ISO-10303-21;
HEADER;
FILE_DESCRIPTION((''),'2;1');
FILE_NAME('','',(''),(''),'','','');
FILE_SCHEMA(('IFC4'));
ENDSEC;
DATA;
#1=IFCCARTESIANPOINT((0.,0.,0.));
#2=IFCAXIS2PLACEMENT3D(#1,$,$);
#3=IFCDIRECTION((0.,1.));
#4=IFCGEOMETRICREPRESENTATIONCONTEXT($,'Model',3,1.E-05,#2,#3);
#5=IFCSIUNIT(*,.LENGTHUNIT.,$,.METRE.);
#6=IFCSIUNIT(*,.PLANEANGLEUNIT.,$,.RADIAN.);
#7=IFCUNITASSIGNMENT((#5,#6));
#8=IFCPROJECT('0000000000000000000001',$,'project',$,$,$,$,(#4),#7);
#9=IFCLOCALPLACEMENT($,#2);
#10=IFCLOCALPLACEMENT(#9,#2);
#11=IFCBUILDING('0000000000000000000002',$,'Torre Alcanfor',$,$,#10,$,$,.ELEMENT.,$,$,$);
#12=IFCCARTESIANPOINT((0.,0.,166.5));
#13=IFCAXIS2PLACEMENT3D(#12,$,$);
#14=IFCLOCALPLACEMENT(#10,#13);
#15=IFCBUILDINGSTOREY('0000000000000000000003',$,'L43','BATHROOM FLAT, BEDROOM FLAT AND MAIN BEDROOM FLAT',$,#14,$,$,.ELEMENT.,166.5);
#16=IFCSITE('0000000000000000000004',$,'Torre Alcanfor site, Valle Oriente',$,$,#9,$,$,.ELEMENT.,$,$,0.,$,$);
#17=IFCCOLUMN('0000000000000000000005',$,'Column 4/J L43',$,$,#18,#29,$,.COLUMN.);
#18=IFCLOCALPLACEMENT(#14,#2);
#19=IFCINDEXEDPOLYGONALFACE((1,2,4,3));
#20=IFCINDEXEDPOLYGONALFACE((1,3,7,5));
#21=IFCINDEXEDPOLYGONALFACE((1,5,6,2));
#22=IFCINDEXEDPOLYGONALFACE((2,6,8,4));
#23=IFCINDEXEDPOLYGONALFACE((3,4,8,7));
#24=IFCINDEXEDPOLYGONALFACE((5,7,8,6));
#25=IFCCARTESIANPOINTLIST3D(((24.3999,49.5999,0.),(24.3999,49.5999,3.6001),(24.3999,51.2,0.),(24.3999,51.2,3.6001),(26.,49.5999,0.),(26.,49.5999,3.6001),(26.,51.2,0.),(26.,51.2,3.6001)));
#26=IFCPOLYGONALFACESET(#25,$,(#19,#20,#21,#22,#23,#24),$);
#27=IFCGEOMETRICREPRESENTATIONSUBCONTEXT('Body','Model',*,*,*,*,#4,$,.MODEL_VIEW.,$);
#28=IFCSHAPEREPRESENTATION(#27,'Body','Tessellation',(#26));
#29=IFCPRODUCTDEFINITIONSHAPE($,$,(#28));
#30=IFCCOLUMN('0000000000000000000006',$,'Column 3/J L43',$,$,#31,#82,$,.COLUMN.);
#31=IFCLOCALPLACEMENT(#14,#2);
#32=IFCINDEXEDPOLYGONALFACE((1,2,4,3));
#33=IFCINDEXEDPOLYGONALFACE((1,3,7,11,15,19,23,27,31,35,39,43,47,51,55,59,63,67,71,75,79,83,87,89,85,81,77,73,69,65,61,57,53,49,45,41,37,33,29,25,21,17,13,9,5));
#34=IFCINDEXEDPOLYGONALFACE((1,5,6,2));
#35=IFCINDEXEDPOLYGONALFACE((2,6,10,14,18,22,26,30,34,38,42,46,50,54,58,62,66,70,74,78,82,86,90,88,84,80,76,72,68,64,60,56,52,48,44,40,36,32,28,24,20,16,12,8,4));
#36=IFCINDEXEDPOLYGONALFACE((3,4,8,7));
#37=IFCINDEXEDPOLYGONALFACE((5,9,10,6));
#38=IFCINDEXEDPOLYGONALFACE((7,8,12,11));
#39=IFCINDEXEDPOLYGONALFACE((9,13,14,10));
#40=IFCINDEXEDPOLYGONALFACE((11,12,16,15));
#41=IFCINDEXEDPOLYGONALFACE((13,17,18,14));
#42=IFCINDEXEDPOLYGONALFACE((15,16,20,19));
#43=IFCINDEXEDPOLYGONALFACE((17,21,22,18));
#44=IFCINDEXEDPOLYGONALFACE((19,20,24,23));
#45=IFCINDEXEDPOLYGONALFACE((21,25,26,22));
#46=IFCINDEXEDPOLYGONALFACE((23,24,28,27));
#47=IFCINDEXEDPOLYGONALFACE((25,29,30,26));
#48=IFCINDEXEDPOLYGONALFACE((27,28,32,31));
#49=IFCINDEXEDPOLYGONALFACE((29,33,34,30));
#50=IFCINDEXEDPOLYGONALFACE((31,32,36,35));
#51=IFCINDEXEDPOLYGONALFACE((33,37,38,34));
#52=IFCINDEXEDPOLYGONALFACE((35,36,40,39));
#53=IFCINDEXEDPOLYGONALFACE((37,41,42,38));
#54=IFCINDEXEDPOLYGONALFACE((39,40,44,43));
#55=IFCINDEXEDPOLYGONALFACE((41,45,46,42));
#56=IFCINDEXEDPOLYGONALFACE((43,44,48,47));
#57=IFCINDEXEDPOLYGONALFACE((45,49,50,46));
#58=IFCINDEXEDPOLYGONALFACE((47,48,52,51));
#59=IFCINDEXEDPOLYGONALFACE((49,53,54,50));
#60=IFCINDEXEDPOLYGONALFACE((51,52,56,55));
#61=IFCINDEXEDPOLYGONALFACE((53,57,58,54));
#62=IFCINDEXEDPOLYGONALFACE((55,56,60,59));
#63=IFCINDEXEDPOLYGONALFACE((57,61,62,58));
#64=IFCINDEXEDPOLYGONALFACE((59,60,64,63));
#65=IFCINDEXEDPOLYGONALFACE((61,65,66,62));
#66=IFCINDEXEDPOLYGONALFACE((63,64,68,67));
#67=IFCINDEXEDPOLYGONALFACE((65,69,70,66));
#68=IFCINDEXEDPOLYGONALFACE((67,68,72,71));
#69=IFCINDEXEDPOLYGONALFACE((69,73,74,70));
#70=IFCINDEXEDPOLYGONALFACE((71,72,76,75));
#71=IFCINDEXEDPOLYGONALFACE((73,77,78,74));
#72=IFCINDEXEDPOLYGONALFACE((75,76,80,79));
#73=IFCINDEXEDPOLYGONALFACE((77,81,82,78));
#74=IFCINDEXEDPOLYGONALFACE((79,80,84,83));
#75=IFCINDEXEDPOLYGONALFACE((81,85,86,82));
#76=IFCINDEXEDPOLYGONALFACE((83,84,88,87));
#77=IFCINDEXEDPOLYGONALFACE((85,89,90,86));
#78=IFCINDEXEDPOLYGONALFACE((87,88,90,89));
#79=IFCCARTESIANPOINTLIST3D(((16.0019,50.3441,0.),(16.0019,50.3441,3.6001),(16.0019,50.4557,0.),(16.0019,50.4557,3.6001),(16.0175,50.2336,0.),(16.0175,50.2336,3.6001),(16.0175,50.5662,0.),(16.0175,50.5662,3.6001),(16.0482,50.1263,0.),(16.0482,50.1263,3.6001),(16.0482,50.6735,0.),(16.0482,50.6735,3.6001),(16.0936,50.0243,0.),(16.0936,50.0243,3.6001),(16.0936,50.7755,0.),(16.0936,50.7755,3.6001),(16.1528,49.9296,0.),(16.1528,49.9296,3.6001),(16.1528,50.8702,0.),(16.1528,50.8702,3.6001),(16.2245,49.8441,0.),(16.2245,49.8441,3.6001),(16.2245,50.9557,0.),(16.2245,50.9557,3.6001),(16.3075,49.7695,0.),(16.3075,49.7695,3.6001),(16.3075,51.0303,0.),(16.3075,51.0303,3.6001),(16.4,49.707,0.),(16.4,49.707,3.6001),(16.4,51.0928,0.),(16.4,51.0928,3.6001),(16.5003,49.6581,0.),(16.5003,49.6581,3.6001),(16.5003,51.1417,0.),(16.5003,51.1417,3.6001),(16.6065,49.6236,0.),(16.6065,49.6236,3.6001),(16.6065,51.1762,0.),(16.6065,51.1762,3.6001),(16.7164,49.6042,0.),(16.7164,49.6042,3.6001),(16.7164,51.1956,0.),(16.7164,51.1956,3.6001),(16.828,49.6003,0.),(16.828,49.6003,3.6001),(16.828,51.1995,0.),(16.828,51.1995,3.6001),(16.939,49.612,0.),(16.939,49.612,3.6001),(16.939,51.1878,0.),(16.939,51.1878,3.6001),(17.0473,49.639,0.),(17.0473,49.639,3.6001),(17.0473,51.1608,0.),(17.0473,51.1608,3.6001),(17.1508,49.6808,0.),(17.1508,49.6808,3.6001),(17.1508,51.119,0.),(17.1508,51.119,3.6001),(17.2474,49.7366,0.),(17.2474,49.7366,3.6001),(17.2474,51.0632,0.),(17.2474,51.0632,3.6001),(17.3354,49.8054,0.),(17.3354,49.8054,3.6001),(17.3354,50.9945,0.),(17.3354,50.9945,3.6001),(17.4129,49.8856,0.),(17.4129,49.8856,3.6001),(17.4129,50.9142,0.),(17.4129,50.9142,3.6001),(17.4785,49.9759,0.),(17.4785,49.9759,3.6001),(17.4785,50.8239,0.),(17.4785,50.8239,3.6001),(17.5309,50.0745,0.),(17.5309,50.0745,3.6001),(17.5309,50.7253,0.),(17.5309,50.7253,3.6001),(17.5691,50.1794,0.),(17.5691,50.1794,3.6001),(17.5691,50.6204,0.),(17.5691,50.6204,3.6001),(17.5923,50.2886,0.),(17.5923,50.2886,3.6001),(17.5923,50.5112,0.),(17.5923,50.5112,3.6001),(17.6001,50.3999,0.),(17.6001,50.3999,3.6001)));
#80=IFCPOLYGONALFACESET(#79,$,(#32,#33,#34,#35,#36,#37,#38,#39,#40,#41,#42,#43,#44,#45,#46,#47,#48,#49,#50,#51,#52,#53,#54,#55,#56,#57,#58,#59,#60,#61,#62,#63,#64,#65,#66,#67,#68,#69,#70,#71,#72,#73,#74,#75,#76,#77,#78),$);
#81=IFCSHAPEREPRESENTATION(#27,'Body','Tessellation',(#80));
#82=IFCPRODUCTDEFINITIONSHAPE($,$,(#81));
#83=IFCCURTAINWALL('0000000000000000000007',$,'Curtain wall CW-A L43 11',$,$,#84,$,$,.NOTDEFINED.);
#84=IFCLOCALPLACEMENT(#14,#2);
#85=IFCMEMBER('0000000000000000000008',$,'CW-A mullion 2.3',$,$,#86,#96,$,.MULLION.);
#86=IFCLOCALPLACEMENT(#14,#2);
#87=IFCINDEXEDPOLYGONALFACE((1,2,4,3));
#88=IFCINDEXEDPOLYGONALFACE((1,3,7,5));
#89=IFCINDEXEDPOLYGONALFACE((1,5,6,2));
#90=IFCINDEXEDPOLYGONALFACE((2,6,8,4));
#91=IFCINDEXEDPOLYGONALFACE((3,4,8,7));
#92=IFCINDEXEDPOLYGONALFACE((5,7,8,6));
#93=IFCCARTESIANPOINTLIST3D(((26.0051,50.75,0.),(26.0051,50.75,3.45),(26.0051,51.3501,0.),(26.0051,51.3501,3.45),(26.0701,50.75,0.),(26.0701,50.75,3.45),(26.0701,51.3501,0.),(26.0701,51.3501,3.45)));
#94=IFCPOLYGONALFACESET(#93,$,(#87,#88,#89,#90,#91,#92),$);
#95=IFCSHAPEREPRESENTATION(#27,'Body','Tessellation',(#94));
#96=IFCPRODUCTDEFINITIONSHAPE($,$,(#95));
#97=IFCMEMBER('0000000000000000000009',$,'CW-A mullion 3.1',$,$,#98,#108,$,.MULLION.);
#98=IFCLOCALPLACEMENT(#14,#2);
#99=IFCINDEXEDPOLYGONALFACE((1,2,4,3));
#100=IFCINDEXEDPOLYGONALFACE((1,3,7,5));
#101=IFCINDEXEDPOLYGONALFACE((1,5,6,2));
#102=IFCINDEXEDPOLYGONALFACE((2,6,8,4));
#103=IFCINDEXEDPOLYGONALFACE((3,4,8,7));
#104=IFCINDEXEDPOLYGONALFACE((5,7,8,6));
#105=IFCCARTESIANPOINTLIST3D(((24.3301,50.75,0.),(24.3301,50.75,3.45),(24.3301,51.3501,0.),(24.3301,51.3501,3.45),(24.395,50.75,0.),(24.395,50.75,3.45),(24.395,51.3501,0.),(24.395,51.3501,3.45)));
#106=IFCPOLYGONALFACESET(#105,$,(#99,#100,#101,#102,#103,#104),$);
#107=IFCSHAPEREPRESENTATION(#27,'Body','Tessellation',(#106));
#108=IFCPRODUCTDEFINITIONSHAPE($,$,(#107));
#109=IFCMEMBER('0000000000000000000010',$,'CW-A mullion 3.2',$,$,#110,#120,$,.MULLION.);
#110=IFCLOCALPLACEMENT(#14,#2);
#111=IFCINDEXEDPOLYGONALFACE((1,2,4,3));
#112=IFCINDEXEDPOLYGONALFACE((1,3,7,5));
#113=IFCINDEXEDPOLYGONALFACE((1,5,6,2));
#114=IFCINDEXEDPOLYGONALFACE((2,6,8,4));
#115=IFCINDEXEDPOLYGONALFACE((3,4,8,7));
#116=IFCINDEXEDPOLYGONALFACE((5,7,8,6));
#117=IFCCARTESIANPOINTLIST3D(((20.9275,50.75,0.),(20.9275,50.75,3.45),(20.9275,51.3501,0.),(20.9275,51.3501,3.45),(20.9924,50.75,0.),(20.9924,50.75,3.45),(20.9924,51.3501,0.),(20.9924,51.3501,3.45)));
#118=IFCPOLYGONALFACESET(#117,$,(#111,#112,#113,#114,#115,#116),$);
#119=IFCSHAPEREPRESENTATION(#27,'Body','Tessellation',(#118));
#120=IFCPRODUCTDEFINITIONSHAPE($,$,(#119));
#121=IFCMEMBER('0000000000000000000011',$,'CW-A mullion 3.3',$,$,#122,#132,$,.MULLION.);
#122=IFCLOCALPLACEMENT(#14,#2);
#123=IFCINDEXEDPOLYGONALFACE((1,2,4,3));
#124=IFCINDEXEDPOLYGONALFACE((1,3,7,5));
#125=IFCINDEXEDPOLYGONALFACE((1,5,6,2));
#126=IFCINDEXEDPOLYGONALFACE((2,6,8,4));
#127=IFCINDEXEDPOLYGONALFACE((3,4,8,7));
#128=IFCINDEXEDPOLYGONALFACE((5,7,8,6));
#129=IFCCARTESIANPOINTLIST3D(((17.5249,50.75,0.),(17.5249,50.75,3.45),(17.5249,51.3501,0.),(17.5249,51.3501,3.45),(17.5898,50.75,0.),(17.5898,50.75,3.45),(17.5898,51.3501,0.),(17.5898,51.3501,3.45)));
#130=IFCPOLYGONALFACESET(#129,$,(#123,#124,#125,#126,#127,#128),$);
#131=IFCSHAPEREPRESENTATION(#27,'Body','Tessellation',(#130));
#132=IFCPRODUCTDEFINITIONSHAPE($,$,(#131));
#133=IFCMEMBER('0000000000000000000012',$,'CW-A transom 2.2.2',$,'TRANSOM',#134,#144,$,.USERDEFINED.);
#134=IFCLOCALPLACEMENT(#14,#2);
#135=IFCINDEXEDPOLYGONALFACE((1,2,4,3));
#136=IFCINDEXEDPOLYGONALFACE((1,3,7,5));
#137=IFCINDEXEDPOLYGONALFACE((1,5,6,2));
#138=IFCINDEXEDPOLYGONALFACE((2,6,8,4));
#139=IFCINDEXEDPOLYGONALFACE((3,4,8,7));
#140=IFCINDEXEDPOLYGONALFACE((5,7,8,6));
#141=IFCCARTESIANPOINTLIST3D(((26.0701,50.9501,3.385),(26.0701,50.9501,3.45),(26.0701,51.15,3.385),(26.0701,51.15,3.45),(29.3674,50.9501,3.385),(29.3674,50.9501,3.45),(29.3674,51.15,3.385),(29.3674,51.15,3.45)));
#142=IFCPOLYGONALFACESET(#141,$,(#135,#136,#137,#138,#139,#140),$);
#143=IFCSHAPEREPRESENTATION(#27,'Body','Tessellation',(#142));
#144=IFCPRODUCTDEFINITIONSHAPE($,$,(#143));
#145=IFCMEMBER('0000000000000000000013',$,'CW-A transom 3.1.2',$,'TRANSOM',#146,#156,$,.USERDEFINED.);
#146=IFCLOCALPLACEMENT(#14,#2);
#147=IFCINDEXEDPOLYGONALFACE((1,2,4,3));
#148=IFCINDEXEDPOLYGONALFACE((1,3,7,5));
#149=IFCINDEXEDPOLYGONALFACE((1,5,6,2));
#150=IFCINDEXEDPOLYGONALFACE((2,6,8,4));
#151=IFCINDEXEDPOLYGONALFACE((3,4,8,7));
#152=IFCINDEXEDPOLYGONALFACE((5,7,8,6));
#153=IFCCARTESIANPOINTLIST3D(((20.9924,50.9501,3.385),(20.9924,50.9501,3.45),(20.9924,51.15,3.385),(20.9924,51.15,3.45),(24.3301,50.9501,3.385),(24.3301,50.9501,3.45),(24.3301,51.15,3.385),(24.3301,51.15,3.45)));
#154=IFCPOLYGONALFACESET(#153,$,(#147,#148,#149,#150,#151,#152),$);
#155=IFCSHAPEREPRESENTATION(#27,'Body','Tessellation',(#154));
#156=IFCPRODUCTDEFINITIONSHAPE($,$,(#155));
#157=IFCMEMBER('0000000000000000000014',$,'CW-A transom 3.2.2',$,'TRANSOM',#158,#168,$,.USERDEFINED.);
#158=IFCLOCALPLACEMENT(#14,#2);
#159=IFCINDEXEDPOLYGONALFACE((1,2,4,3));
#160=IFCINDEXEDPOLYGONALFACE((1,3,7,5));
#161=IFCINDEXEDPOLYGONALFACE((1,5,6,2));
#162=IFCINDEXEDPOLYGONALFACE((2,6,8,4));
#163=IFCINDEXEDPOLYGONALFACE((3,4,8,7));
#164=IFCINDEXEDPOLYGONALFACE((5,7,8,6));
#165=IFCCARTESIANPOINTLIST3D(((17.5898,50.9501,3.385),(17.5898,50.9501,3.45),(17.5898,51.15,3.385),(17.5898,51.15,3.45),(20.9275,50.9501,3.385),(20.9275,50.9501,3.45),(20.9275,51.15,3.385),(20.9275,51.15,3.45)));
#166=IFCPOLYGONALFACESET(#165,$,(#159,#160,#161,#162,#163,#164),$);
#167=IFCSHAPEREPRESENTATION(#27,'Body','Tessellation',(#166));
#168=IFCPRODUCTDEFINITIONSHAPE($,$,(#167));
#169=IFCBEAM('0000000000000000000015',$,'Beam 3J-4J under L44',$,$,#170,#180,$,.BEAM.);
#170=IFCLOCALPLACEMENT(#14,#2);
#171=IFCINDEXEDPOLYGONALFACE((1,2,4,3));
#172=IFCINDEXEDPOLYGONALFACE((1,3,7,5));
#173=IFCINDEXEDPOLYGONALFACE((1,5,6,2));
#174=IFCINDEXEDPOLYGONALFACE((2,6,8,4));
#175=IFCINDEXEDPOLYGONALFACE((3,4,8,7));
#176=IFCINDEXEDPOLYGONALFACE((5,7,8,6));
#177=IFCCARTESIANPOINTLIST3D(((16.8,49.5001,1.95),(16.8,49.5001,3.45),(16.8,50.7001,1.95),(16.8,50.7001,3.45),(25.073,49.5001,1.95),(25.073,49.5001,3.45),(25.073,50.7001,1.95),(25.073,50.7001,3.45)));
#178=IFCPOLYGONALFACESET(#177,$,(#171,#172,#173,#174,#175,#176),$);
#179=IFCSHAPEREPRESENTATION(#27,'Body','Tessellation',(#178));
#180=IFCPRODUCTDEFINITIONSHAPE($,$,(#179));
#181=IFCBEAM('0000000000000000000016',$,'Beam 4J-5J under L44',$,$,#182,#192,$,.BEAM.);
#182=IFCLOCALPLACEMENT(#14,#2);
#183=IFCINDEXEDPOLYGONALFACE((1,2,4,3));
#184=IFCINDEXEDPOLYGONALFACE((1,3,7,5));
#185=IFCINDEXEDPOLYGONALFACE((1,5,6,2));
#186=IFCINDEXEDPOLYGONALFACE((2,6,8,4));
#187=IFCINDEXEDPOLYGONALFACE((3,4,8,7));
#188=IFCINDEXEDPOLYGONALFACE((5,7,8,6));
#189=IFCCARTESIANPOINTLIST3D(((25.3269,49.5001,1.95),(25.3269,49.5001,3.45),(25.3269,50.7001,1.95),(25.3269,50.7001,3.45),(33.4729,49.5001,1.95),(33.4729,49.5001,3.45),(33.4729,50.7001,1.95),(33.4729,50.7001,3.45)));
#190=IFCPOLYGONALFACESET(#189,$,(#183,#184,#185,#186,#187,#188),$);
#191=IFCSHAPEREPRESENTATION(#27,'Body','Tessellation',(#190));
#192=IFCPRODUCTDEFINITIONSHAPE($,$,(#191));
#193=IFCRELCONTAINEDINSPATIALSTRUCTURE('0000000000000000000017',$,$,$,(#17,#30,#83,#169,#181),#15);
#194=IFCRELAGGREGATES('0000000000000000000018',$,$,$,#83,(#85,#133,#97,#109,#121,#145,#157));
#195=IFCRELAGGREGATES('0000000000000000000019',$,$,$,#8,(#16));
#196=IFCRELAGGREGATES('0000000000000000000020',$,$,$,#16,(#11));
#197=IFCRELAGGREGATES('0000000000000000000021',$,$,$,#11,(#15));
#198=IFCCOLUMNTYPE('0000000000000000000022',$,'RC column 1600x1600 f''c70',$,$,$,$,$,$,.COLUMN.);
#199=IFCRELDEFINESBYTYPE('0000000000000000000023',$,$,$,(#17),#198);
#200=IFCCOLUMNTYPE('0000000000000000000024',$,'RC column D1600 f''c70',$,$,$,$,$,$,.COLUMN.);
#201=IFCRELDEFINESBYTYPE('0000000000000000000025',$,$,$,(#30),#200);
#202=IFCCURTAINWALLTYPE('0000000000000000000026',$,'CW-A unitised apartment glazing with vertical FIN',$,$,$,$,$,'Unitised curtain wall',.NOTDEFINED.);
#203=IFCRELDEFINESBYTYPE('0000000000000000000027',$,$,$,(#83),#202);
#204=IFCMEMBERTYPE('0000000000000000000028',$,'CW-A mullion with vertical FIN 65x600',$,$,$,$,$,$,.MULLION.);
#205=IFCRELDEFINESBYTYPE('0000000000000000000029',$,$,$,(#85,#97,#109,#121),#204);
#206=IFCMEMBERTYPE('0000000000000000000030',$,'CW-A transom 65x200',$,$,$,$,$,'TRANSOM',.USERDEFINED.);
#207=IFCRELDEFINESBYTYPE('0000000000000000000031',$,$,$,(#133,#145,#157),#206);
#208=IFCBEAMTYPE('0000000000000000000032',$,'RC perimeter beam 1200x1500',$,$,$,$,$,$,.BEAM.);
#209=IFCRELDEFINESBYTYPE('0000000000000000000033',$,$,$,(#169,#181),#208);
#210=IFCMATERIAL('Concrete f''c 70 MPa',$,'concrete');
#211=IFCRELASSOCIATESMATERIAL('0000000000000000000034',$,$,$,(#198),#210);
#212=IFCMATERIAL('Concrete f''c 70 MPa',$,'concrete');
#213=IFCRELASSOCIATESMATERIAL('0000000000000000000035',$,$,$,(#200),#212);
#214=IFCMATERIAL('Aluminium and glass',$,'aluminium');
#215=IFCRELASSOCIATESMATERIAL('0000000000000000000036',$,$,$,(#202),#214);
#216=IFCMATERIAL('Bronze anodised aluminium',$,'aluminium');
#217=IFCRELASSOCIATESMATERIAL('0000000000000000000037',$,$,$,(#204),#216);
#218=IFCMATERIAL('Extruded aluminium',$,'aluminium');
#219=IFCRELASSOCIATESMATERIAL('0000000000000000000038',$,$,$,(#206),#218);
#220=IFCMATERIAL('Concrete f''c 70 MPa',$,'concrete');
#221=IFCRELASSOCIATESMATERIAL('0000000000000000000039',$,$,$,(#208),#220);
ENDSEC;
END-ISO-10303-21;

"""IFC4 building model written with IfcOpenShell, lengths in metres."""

from ifc_helpers import new_model, si_unit, direction, frame, origin, origin_2d, place, context, subcontext, project, spatial, rectangle, circle, extrude, material, material_profile, profile_set, type_object, element, aggregate, save


model = new_model("IFC4")

# Units and contexts
model_context = context("Model", 3, precision=1e-05, world=origin(), true_north=direction((0.0, 1.0)))
body_context = subcontext(model_context, "Body", "Model", "MODEL_VIEW")
ifc_project = project(units=[si_unit("LENGTHUNIT", "METRE"), si_unit("PLANEANGLEUNIT", "RADIAN")], contexts=[model_context])

# Site, building, storey
site_placement = place(None, origin())
site = spatial("IfcSite", under=ifc_project, at=site_placement, Name="Torre Alcanfor site, Valle Oriente", CompositionType="ELEMENT", RefElevation=0.0)
building_placement = place(site_placement, origin())
building = spatial("IfcBuilding", under=site, at=building_placement, Name="Torre Alcanfor", CompositionType="ELEMENT")
storey_placement = place(building_placement, frame((0.0, 0.0, 166.5)))
storey = spatial("IfcBuildingStorey", under=building, at=storey_placement, Name="L43", Description="BATHROOM FLAT, BEDROOM FLAT AND MAIN BEDROOM FLAT", CompositionType="ELEMENT", Elevation=166.5)

# Columns
ifc_material_1 = material(Name="Concrete f'c 70 MPa", Category="concrete")
ifc_material_profile_1 = material_profile(ifc_material_1, rectangle(XDim=1.6001, YDim=1.6001, at=origin_2d()), Name="1600x1600")
ifc_profile_set_1 = profile_set([ifc_material_profile_1], Name="Concrete f'c 70 MPa")
column_type_1 = type_object("IfcColumnType", Name="RC column 1600x1600 f'c70", PredefinedType="COLUMN", material=ifc_profile_set_1)
column_1_placement = place(storey_placement, frame((25.2, 50.3999, 0.0), z_axis=(0.0, 0.0, 1.0), x_axis=(1.0, 0.0, 0.0)))
element("IfcColumn", 1, at=column_1_placement, inside=storey, type_object=column_type_1, Name="Column 4/J L43", PredefinedType="COLUMN", context=body_context, shape_type="SweptSolid", body=[
    extrude(rectangle(XDim=1.6001, YDim=1.6001, at=origin_2d()), origin(), (0.0, 0.0, 1.0), 3.6001),
])
ifc_material_2 = material(Name="Concrete f'c 70 MPa", Category="concrete")
ifc_material_profile_2 = material_profile(ifc_material_2, circle(Radius=0.8, at=origin_2d()), Name="D1600")
ifc_profile_set_2 = profile_set([ifc_material_profile_2], Name="Concrete f'c 70 MPa")
column_type_2 = type_object("IfcColumnType", Name="RC column D1600 f'c70", PredefinedType="COLUMN", material=ifc_profile_set_2)
column_2_placement = place(storey_placement, frame((16.8, 50.3999, 0.0), z_axis=(0.0, 0.0, 1.0), x_axis=(1.0, 0.0, 0.0)))
element("IfcColumn", 2, at=column_2_placement, inside=storey, type_object=column_type_2, Name="Column 3/J L43", PredefinedType="COLUMN", context=body_context, shape_type="SweptSolid", body=[
    extrude(circle(Radius=0.8, at=origin_2d()), origin(), (0.0, 0.0, 1.0), 3.6001),
])

# Curtain wall, members
ifc_material_3 = material(Name="Aluminium and glass", Category="aluminium")
curtain_wall_type = type_object("IfcCurtainWallType", Name="CW-A unitised apartment glazing with vertical FIN", ElementType="Unitised curtain wall", PredefinedType="NOTDEFINED", material=ifc_material_3)
curtain_wall_placement = place(storey_placement, origin())
curtain_wall = element("IfcCurtainWall", 3, at=curtain_wall_placement, inside=storey, type_object=curtain_wall_type, Name="Curtain wall CW-A L43 11", PredefinedType="NOTDEFINED")
ifc_material_4 = material(Name="Bronze anodised aluminium", Category="aluminium")
ifc_material_profile_3 = material_profile(ifc_material_4, rectangle(XDim=0.6001, YDim=0.0649, at=origin_2d()), Name="CW-A mullion 65x600")
ifc_profile_set_3 = profile_set([ifc_material_profile_3], Name="Bronze anodised aluminium")
member_type_1 = type_object("IfcMemberType", Name="CW-A mullion with vertical FIN 65x600", PredefinedType="MULLION", material=ifc_profile_set_3)
member_1_placement = place(storey_placement, frame((26.0376, 51.05, 0.0), z_axis=(0.0, 0.0, 1.0), x_axis=(0.0, -1.0, 0.0)))
member_1 = element("IfcMember", 4, at=member_1_placement, type_object=member_type_1, Name="CW-A mullion 2.3", PredefinedType="MULLION", context=body_context, shape_type="SweptSolid", body=[
    extrude(rectangle(XDim=0.6001, YDim=0.0649, at=origin_2d()), origin(), (0.0, 0.0, 1.0), 3.45),
])
member_2_placement = place(storey_placement, frame((24.3625, 51.05, 0.0), z_axis=(0.0, 0.0, 1.0), x_axis=(0.0, -1.0, 0.0)))
member_2 = element("IfcMember", 5, at=member_2_placement, type_object=member_type_1, Name="CW-A mullion 3.1", PredefinedType="MULLION", context=body_context, shape_type="SweptSolid", body=[
    extrude(rectangle(XDim=0.6001, YDim=0.0649, at=origin_2d()), origin(), (0.0, 0.0, 1.0), 3.45),
])
member_3_placement = place(storey_placement, frame((20.96, 51.05, 0.0), z_axis=(0.0, 0.0, 1.0), x_axis=(0.0, -1.0, 0.0)))
member_3 = element("IfcMember", 6, at=member_3_placement, type_object=member_type_1, Name="CW-A mullion 3.2", PredefinedType="MULLION", context=body_context, shape_type="SweptSolid", body=[
    extrude(rectangle(XDim=0.6001, YDim=0.0649, at=origin_2d()), origin(), (0.0, 0.0, 1.0), 3.45),
])
member_4_placement = place(storey_placement, frame((17.5574, 51.05, 0.0), z_axis=(0.0, 0.0, 1.0), x_axis=(0.0, -1.0, 0.0)))
member_4 = element("IfcMember", 7, at=member_4_placement, type_object=member_type_1, Name="CW-A mullion 3.3", PredefinedType="MULLION", context=body_context, shape_type="SweptSolid", body=[
    extrude(rectangle(XDim=0.6001, YDim=0.0649, at=origin_2d()), origin(), (0.0, 0.0, 1.0), 3.45),
])
ifc_material_5 = material(Name="Extruded aluminium", Category="aluminium")
ifc_material_profile_4 = material_profile(ifc_material_5, rectangle(XDim=0.2, YDim=0.0649, at=origin_2d()), Name="CW-A transom 200x65")
ifc_profile_set_4 = profile_set([ifc_material_profile_4], Name="Extruded aluminium")
member_type_2 = type_object("IfcMemberType", Name="CW-A transom 65x200", ElementType="TRANSOM", PredefinedType="USERDEFINED", material=ifc_profile_set_4)
member_5_placement = place(storey_placement, frame((29.3674, 51.05, 3.4175), z_axis=(-1.0, 0.0, 0.0), x_axis=(0.0, -1.0, 0.0)))
member_5 = element("IfcMember", 8, at=member_5_placement, type_object=member_type_2, Name="CW-A transom 2.2.2", ObjectType="TRANSOM", PredefinedType="USERDEFINED", context=body_context, shape_type="SweptSolid", body=[
    extrude(rectangle(XDim=0.2, YDim=0.0649, at=origin_2d()), origin(), (0.0, 0.0, 1.0), 3.2974),
])
member_6_placement = place(storey_placement, frame((24.3301, 51.05, 3.4175), z_axis=(-1.0, 0.0, 0.0), x_axis=(0.0, -1.0, 0.0)))
member_6 = element("IfcMember", 9, at=member_6_placement, type_object=member_type_2, Name="CW-A transom 3.1.2", ObjectType="TRANSOM", PredefinedType="USERDEFINED", context=body_context, shape_type="SweptSolid", body=[
    extrude(rectangle(XDim=0.2, YDim=0.0649, at=origin_2d()), origin(), (0.0, 0.0, 1.0), 3.3376),
])
member_7_placement = place(storey_placement, frame((20.9275, 51.05, 3.4175), z_axis=(-1.0, 0.0, 0.0), x_axis=(0.0, -1.0, 0.0)))
member_7 = element("IfcMember", 10, at=member_7_placement, type_object=member_type_2, Name="CW-A transom 3.2.2", ObjectType="TRANSOM", PredefinedType="USERDEFINED", context=body_context, shape_type="SweptSolid", body=[
    extrude(rectangle(XDim=0.2, YDim=0.0649, at=origin_2d()), origin(), (0.0, 0.0, 1.0), 3.3376),
])

# Beams
ifc_material_6 = material(Name="Concrete f'c 70 MPa", Category="concrete")
ifc_material_profile_5 = material_profile(ifc_material_6, rectangle(XDim=1.2, YDim=1.5, at=origin_2d()), Name="1200x1500")
ifc_profile_set_5 = profile_set([ifc_material_profile_5], Name="Concrete f'c 70 MPa")
beam_type = type_object("IfcBeamType", Name="RC perimeter beam 1200x1500", PredefinedType="BEAM", material=ifc_profile_set_5)
beam_1_placement = place(storey_placement, frame((16.8, 50.1001, 2.7), z_axis=(1.0, 0.0, 0.0), x_axis=(0.0, 1.0, 0.0)))
element("IfcBeam", 11, at=beam_1_placement, inside=storey, type_object=beam_type, Name="Beam 3J-4J under L44", PredefinedType="BEAM", context=body_context, shape_type="SweptSolid", body=[
    extrude(rectangle(XDim=1.2, YDim=1.5, at=origin_2d()), origin(), (0.0, 0.0, 1.0), 8.2729),
])
beam_2_placement = place(storey_placement, frame((25.3269, 50.1001, 2.7), z_axis=(1.0, 0.0, 0.0), x_axis=(0.0, 1.0, 0.0)))
element("IfcBeam", 12, at=beam_2_placement, inside=storey, type_object=beam_type, Name="Beam 4J-5J under L44", PredefinedType="BEAM", context=body_context, shape_type="SweptSolid", body=[
    extrude(rectangle(XDim=1.2, YDim=1.5, at=origin_2d()), origin(), (0.0, 0.0, 1.0), 8.146),
])

aggregate(curtain_wall, [member_1, member_5, member_2, member_3, member_4, member_6, member_7])

save(model, "model.ifc")
